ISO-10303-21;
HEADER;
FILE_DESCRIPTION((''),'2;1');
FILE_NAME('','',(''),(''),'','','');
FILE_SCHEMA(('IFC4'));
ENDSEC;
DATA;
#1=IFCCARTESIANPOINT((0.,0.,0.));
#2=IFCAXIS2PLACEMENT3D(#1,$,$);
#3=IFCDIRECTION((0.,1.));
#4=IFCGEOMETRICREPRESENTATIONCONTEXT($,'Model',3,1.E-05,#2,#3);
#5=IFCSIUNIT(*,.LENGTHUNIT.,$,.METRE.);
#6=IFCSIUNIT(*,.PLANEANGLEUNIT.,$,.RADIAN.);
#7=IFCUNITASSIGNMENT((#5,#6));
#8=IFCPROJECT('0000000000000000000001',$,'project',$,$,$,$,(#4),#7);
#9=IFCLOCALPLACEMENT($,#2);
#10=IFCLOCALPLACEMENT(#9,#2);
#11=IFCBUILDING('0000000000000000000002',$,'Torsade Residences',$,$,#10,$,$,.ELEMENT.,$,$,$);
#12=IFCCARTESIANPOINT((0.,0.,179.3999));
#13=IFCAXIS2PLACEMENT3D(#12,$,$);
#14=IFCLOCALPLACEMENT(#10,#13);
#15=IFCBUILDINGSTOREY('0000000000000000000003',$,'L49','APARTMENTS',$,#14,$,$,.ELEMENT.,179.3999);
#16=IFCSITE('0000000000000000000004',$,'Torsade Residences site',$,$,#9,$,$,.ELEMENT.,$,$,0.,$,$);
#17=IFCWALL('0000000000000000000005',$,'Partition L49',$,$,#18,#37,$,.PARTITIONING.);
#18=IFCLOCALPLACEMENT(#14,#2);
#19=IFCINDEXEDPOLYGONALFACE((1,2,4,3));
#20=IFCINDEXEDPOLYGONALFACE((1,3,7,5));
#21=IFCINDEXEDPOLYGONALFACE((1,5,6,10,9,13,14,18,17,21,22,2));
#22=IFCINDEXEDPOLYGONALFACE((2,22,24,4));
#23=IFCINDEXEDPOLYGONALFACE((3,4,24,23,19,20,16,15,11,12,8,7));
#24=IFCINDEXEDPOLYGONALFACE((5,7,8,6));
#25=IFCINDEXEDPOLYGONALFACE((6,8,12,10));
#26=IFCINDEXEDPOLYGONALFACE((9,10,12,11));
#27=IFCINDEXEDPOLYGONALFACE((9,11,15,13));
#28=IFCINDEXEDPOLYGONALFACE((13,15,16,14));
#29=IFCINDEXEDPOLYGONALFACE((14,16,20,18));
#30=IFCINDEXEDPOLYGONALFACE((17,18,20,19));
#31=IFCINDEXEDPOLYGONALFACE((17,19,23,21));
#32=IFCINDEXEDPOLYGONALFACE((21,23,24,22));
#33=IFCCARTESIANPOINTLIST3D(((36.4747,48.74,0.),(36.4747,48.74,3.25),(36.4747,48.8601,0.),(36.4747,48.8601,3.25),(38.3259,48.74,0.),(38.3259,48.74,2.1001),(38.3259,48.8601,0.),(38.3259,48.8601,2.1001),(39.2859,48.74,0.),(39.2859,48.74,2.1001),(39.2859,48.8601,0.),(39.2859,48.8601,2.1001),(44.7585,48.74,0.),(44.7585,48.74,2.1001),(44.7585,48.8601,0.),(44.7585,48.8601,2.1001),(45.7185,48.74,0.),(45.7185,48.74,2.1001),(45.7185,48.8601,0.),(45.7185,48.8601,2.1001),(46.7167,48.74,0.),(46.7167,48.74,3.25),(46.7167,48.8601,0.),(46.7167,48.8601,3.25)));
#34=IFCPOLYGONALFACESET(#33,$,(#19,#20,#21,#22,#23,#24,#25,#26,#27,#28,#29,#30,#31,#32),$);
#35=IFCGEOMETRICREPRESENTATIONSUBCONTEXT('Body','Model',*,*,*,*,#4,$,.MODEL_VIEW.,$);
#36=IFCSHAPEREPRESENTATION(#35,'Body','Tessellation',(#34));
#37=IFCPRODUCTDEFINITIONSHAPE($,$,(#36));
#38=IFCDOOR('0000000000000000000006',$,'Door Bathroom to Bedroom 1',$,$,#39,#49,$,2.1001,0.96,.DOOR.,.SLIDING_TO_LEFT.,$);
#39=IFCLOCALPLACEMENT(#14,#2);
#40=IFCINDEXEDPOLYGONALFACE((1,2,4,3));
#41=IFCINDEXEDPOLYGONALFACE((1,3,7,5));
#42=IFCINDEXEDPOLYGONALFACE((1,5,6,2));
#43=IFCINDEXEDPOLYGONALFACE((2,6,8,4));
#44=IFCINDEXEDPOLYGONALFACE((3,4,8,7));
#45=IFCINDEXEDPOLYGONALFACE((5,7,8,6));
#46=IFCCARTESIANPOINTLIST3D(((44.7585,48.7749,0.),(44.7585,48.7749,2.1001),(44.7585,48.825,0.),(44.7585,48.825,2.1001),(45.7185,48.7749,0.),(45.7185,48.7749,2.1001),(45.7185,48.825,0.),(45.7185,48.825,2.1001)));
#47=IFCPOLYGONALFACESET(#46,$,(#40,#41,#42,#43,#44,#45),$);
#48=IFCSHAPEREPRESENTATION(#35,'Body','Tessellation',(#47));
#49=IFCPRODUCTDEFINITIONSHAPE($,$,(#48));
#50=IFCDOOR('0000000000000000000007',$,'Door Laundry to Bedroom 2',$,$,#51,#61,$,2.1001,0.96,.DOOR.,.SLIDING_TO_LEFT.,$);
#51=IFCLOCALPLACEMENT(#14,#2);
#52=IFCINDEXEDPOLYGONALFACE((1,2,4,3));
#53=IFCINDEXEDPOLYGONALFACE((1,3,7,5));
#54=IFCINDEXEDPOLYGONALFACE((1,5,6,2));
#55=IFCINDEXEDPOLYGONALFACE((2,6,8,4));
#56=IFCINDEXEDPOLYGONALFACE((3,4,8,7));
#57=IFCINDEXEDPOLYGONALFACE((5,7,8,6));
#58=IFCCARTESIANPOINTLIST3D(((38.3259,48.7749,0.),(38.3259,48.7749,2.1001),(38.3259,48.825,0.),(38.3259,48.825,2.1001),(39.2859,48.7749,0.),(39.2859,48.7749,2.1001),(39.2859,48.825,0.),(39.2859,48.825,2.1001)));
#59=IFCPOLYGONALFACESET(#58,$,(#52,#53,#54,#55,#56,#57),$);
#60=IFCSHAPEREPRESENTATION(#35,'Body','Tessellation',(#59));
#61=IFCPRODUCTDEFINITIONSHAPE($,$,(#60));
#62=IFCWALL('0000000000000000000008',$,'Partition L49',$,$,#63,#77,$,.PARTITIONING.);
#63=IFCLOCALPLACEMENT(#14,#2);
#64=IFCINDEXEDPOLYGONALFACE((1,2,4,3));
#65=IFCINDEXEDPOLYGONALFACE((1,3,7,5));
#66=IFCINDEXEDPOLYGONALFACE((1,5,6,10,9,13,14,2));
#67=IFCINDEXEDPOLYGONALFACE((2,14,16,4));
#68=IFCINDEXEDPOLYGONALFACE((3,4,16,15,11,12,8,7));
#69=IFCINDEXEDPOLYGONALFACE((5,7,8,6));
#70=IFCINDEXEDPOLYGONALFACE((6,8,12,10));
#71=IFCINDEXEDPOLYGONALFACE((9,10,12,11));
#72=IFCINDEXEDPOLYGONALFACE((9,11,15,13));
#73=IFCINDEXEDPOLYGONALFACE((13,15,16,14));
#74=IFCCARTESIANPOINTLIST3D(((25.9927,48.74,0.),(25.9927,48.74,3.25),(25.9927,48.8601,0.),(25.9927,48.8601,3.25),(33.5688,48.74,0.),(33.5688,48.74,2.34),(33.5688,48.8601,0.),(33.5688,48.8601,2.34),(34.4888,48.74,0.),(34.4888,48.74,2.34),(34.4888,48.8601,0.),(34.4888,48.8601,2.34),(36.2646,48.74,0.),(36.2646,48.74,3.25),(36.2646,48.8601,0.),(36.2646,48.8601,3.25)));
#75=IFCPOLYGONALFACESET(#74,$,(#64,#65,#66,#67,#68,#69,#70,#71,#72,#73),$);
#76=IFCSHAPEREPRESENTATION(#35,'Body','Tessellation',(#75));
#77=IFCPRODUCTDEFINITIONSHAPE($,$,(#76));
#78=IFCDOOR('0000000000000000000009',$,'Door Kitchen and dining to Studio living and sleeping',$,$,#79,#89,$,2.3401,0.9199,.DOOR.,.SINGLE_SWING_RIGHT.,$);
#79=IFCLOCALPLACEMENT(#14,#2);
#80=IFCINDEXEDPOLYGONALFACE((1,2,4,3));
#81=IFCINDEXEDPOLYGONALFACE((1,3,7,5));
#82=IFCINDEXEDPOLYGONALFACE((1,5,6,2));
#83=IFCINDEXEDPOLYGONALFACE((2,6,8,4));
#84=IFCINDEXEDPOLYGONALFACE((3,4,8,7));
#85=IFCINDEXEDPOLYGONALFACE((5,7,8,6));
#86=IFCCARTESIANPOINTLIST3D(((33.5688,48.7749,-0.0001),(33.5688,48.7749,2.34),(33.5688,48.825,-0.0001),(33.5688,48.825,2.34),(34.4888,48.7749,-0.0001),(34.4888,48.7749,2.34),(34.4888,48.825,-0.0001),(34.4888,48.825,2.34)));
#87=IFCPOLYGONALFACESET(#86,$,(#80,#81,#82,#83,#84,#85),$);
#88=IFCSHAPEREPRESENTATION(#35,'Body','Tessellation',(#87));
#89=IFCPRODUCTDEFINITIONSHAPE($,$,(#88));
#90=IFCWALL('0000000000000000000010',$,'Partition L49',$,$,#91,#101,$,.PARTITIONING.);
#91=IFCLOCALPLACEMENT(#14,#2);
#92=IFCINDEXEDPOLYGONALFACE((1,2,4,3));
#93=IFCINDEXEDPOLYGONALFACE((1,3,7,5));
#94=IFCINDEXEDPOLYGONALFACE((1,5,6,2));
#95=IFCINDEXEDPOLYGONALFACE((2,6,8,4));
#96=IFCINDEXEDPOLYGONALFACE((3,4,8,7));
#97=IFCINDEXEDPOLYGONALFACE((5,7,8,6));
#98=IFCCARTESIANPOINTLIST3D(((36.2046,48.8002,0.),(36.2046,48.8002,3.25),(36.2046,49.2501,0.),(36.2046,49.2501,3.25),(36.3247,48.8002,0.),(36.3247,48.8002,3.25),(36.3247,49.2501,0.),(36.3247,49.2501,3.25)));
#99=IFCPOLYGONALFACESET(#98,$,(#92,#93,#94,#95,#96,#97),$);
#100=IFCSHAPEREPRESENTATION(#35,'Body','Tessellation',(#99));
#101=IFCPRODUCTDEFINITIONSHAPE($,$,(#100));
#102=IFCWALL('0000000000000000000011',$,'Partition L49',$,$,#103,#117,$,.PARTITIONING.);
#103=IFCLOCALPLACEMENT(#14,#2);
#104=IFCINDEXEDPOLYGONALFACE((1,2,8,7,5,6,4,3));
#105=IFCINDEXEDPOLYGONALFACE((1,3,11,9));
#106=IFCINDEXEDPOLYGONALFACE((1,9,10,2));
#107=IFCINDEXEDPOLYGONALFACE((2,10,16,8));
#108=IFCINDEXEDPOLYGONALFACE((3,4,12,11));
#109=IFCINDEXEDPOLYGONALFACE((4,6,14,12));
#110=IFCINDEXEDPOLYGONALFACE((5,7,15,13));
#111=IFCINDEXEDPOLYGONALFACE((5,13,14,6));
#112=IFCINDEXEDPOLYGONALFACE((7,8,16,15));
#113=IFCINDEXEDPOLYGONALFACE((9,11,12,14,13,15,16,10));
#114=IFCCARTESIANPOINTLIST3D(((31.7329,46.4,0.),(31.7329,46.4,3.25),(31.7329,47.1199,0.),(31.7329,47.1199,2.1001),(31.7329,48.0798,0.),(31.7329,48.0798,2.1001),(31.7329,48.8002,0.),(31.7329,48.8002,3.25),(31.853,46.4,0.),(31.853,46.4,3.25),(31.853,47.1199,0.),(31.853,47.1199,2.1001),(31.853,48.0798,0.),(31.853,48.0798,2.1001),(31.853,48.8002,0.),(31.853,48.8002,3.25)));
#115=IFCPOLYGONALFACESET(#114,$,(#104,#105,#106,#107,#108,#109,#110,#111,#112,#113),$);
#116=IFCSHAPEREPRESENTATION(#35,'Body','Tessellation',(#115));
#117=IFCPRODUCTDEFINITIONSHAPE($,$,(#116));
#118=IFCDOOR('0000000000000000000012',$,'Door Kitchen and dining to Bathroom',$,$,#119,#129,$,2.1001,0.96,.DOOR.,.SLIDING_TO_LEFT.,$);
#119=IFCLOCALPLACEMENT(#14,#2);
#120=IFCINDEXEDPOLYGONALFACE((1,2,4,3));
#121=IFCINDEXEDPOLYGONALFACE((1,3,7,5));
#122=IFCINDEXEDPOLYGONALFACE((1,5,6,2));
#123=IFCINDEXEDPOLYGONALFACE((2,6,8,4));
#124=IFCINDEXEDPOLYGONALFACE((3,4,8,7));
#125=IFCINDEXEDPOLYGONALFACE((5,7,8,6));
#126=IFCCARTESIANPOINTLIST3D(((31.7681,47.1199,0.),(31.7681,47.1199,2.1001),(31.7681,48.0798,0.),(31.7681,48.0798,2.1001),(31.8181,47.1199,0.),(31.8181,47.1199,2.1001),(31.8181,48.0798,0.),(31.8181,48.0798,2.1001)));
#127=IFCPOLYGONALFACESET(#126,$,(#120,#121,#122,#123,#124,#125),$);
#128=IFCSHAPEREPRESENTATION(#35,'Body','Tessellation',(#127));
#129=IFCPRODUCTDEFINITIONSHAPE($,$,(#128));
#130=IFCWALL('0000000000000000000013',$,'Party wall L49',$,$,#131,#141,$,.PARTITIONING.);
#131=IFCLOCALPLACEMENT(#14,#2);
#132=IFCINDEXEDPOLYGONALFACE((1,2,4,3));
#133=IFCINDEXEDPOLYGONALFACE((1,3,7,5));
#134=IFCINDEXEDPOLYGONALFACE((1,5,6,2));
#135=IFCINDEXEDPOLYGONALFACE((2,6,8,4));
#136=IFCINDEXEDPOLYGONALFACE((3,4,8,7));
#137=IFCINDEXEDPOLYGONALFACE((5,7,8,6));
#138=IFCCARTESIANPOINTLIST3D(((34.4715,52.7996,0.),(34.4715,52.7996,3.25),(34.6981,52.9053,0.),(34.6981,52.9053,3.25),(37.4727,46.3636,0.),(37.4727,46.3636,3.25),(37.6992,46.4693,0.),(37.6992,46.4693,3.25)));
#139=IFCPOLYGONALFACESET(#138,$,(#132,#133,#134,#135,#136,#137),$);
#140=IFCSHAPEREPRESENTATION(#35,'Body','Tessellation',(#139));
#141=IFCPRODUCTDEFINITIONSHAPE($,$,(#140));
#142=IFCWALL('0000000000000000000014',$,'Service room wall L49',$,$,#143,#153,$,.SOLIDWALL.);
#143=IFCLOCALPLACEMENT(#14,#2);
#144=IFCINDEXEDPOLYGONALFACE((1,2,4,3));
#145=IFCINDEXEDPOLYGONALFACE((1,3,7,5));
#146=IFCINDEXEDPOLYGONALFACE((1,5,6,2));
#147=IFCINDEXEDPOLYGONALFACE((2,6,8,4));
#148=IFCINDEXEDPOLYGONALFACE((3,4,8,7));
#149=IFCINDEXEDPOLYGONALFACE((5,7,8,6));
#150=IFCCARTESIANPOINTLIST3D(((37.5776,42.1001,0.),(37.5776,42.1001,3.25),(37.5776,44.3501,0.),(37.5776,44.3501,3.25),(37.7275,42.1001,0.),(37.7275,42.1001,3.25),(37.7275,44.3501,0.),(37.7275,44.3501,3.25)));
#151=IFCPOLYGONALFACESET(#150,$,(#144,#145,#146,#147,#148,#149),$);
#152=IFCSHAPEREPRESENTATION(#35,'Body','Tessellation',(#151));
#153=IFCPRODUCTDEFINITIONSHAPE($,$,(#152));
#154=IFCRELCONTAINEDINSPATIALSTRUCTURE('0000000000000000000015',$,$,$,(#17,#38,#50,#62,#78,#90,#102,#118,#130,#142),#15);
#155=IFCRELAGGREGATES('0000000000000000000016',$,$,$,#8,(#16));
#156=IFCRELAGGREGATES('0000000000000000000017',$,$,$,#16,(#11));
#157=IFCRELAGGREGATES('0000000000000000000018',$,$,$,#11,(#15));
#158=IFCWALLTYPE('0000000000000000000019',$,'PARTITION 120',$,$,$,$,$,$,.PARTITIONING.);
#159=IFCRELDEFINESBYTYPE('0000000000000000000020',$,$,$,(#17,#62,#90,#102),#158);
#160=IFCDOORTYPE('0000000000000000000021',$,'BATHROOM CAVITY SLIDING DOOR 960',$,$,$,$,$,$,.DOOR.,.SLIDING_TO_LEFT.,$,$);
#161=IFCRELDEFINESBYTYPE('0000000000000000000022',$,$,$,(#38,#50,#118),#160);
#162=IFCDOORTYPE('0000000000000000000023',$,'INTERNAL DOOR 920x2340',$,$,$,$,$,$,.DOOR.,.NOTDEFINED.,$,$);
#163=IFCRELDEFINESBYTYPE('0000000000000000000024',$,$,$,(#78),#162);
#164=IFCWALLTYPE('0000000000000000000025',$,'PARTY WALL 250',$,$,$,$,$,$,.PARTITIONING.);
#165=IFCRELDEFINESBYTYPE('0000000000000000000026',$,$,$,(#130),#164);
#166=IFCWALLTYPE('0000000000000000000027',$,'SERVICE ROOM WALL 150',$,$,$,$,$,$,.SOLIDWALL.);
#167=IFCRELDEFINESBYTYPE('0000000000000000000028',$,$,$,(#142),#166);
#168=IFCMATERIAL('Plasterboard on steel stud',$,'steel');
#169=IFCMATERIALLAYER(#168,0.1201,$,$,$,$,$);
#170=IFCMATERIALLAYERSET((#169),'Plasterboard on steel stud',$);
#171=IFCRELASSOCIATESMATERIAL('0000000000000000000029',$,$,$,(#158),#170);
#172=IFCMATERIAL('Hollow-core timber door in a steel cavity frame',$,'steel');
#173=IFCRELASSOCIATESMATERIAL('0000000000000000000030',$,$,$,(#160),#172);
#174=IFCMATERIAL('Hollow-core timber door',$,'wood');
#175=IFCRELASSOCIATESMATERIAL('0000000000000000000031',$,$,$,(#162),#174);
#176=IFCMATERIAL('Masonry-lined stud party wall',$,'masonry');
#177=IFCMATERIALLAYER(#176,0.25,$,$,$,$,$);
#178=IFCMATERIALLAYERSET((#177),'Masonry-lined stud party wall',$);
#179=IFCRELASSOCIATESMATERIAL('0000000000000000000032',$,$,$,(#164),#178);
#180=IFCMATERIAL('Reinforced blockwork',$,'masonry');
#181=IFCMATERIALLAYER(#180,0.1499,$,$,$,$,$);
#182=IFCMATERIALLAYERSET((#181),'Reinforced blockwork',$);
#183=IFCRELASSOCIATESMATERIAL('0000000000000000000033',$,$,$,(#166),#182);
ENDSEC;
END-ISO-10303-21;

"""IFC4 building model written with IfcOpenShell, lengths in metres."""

from ifc_helpers import new_model, si_unit, direction, frame, frame_2d, origin, place, context, subcontext, project, spatial, rectangle, extrude, material, layer, layer_set, type_object, element, fill, save


model = new_model("IFC4")

# Units and contexts
model_context = context("Model", 3, precision=1e-05, world=origin(), true_north=direction((0.0, 1.0)))
body_context = subcontext(model_context, "Body", "Model", "MODEL_VIEW")
ifc_project = project(units=[si_unit("LENGTHUNIT", "METRE"), si_unit("PLANEANGLEUNIT", "RADIAN")], contexts=[model_context])

# Site, building, storey
site_placement = place(None, origin())
site = spatial("IfcSite", under=ifc_project, at=site_placement, Name="Torsade Residences site", CompositionType="ELEMENT", RefElevation=0.0)
building_placement = place(site_placement, origin())
building = spatial("IfcBuilding", under=site, at=building_placement, Name="Torsade Residences", CompositionType="ELEMENT")
storey_placement = place(building_placement, frame((0.0, 0.0, 179.3999)))
storey = spatial("IfcBuildingStorey", under=building, at=storey_placement, Name="L49", Description="APARTMENTS", CompositionType="ELEMENT", Elevation=179.3999)

# Wall, openings, doors
ifc_material_1 = material(Name="Plasterboard on steel stud", Category="steel")
ifc_layer_1 = layer(ifc_material_1, 0.1201)
ifc_layer_set_1 = layer_set([ifc_layer_1], Name="Plasterboard on steel stud")
wall_type_1 = type_object("IfcWallType", Name="PARTITION 120", PredefinedType="PARTITIONING", material=ifc_layer_set_1)
wall_1_placement = place(storey_placement, frame((36.4746, 48.8, 0.0), z_axis=(0.0, 0.0, 1.0), x_axis=(1.0, 0.0, 0.0)))
wall_1 = element("IfcWall", 1, at=wall_1_placement, inside=storey, type_object=wall_type_1, Name="Partition L49", PredefinedType="PARTITIONING", context=body_context, shape_type="SweptSolid", body=[
    extrude(rectangle(XDim=10.2419, YDim=0.1201, at=frame_2d((5.1211, 0.0))), origin(), (0.0, 0.0, 1.0), 3.25),
])
opening_1_placement = place(wall_1_placement, frame((8.2839, 0.0, 0.0)))
opening_1 = element("IfcOpeningElement", 2, at=opening_1_placement, cuts=wall_1, PredefinedType="OPENING", context=body_context, shape_type="SweptSolid", body=[
    extrude(rectangle(XDim=0.96, YDim=2.1001, at=frame_2d((0.48, 1.05))), frame((0.0, 0.0701, 0.0), z_axis=(0.0, -1.0, 0.0), x_axis=(1.0, 0.0, 0.0)), (0.0, 0.0, 1.0), 0.1401),
])
opening_2_placement = place(wall_1_placement, frame((1.8513, 0.0, 0.0)))
opening_2 = element("IfcOpeningElement", 3, at=opening_2_placement, cuts=wall_1, PredefinedType="OPENING", context=body_context, shape_type="SweptSolid", body=[
    extrude(rectangle(XDim=0.96, YDim=2.1001, at=frame_2d((0.48, 1.05))), frame((0.0, 0.0701, 0.0), z_axis=(0.0, -1.0, 0.0), x_axis=(1.0, 0.0, 0.0)), (0.0, 0.0, 1.0), 0.1401),
])
ifc_material_2 = material(Name="Hollow-core timber door in a steel cavity frame", Category="steel")
door_type_1 = type_object("IfcDoorType", Name="BATHROOM CAVITY SLIDING DOOR 960", OperationType="SLIDING_TO_LEFT", PredefinedType="DOOR", material=ifc_material_2)
door_1_placement = place(opening_1_placement, origin())
door_1 = element("IfcDoor", 4, at=door_1_placement, inside=storey, type_object=door_type_1, Name="Door Bathroom to Bedroom 1", OperationType="SLIDING_TO_LEFT", OverallHeight=2.1001, OverallWidth=0.96, PredefinedType="DOOR", context=body_context, shape_type="SweptSolid", body=[
    extrude(rectangle(XDim=0.96, YDim=2.1001, at=frame_2d((0.48, 1.05))), frame((0.0, 0.0249, 0.0), z_axis=(0.0, -1.0, 0.0), x_axis=(1.0, 0.0, 0.0)), (0.0, 0.0, 1.0), 0.05),
])
fill(opening_1, door_1)
door_2_placement = place(opening_2_placement, origin())
door_2 = element("IfcDoor", 5, at=door_2_placement, inside=storey, type_object=door_type_1, Name="Door Laundry to Bedroom 2", OperationType="SLIDING_TO_LEFT", OverallHeight=2.1001, OverallWidth=0.96, PredefinedType="DOOR", context=body_context, shape_type="SweptSolid", body=[
    extrude(rectangle(XDim=0.96, YDim=2.1001, at=frame_2d((0.48, 1.05))), frame((0.0, 0.0249, 0.0), z_axis=(0.0, -1.0, 0.0), x_axis=(1.0, 0.0, 0.0)), (0.0, 0.0, 1.0), 0.05),
])
fill(opening_2, door_2)

# Wall, opening, door
wall_2_placement = place(storey_placement, frame((25.9927, 48.8, 0.0), z_axis=(0.0, 0.0, 1.0), x_axis=(1.0, 0.0, 0.0)))
wall_2 = element("IfcWall", 6, at=wall_2_placement, inside=storey, type_object=wall_type_1, Name="Partition L49", PredefinedType="PARTITIONING", context=body_context, shape_type="SweptSolid", body=[
    extrude(rectangle(XDim=10.272, YDim=0.1201, at=frame_2d((5.136, 0.0))), origin(), (0.0, 0.0, 1.0), 3.25),
])
opening_3_placement = place(wall_2_placement, frame((7.5762, 0.0, 0.0)))
opening_3 = element("IfcOpeningElement", 7, at=opening_3_placement, cuts=wall_2, PredefinedType="OPENING", context=body_context, shape_type="SweptSolid", body=[
    extrude(rectangle(XDim=0.9199, YDim=2.3401, at=frame_2d((0.46, 1.1699))), frame((0.0, 0.0701, 0.0), z_axis=(0.0, -1.0, 0.0), x_axis=(1.0, 0.0, 0.0)), (0.0, 0.0, 1.0), 0.1401),
])
ifc_material_3 = material(Name="Hollow-core timber door", Category="wood")
door_type_2 = type_object("IfcDoorType", Name="INTERNAL DOOR 920x2340", OperationType="NOTDEFINED", PredefinedType="DOOR", material=ifc_material_3)
door_3_placement = place(opening_3_placement, origin())
door_3 = element("IfcDoor", 8, at=door_3_placement, inside=storey, type_object=door_type_2, Name="Door Kitchen and dining to Studio living and sleeping", OperationType="SINGLE_SWING_RIGHT", OverallHeight=2.3401, OverallWidth=0.9199, PredefinedType="DOOR", context=body_context, shape_type="SweptSolid", body=[
    extrude(rectangle(XDim=0.9199, YDim=2.3401, at=frame_2d((0.46, 1.1699))), frame((0.0, 0.0249, 0.0), z_axis=(0.0, -1.0, 0.0), x_axis=(1.0, 0.0, 0.0)), (0.0, 0.0, 1.0), 0.05),
])
fill(opening_3, door_3)

# Wall
wall_3_placement = place(storey_placement, frame((36.2646, 48.8, 0.0), z_axis=(0.0, 0.0, 1.0), x_axis=(0.0, 1.0, 0.0)))
element("IfcWall", 9, at=wall_3_placement, inside=storey, type_object=wall_type_1, Name="Partition L49", PredefinedType="PARTITIONING", context=body_context, shape_type="SweptSolid", body=[
    extrude(rectangle(XDim=0.45, YDim=0.1201, at=frame_2d((0.2251, 0.0))), origin(), (0.0, 0.0, 1.0), 3.25),
])

# Wall, opening, door
wall_4_placement = place(storey_placement, frame((31.793, 46.3999, 0.0), z_axis=(0.0, 0.0, 1.0), x_axis=(0.0, 1.0, 0.0)))
wall_4 = element("IfcWall", 10, at=wall_4_placement, inside=storey, type_object=wall_type_1, Name="Partition L49", PredefinedType="PARTITIONING", context=body_context, shape_type="SweptSolid", body=[
    extrude(rectangle(XDim=2.4001, YDim=0.1201, at=frame_2d((1.2002, 0.0))), origin(), (0.0, 0.0, 1.0), 3.25),
])
opening_4_placement = place(wall_4_placement, frame((0.72, 0.0, 0.0)))
opening_4 = element("IfcOpeningElement", 11, at=opening_4_placement, cuts=wall_4, PredefinedType="OPENING", context=body_context, shape_type="SweptSolid", body=[
    extrude(rectangle(XDim=0.96, YDim=2.1001, at=frame_2d((0.48, 1.05))), frame((0.0, 0.0701, 0.0), z_axis=(0.0, -1.0, 0.0), x_axis=(1.0, 0.0, 0.0)), (0.0, 0.0, 1.0), 0.1401),
])
door_4_placement = place(opening_4_placement, origin())
door_4 = element("IfcDoor", 12, at=door_4_placement, inside=storey, type_object=door_type_1, Name="Door Kitchen and dining to Bathroom", OperationType="SLIDING_TO_LEFT", OverallHeight=2.1001, OverallWidth=0.96, PredefinedType="DOOR", context=body_context, shape_type="SweptSolid", body=[
    extrude(rectangle(XDim=0.96, YDim=2.1001, at=frame_2d((0.48, 1.05))), frame((0.0, 0.0249, 0.0), z_axis=(0.0, -1.0, 0.0), x_axis=(1.0, 0.0, 0.0)), (0.0, 0.0, 1.0), 0.05),
])
fill(opening_4, door_4)

# Walls
ifc_material_4 = material(Name="Masonry-lined stud party wall", Category="masonry")
ifc_layer_2 = layer(ifc_material_4, 0.25)
ifc_layer_set_2 = layer_set([ifc_layer_2], Name="Masonry-lined stud party wall")
wall_type_2 = type_object("IfcWallType", Name="PARTY WALL 250", PredefinedType="PARTITIONING", material=ifc_layer_set_2)
wall_5_placement = place(storey_placement, frame((34.5847, 52.8525, 0.0), z_axis=(0.0, 0.0, 1.0), x_axis=(0.422624, -0.906305, 0.0)))
element("IfcWall", 13, at=wall_5_placement, inside=storey, type_object=wall_type_2, Name="Party wall L49", PredefinedType="PARTITIONING", context=body_context, shape_type="SweptSolid", body=[
    extrude(rectangle(XDim=7.1013, YDim=0.25, at=frame_2d((3.5508, 0.0))), origin(), (0.0, 0.0, 1.0), 3.25),
])
ifc_material_5 = material(Name="Reinforced blockwork", Category="masonry")
ifc_layer_3 = layer(ifc_material_5, 0.1499)
ifc_layer_set_3 = layer_set([ifc_layer_3], Name="Reinforced blockwork")
wall_type_3 = type_object("IfcWallType", Name="SERVICE ROOM WALL 150", PredefinedType="SOLIDWALL", material=ifc_layer_set_3)
wall_6_placement = place(storey_placement, frame((37.6526, 42.1001, 0.0), z_axis=(0.0, 0.0, 1.0), x_axis=(0.0, 1.0, 0.0)))
element("IfcWall", 14, at=wall_6_placement, inside=storey, type_object=wall_type_3, Name="Service room wall L49", PredefinedType="SOLIDWALL", context=body_context, shape_type="SweptSolid", body=[
    extrude(rectangle(XDim=2.25, YDim=0.1499, at=frame_2d((1.125, 0.0))), origin(), (0.0, 0.0, 1.0), 3.25),
])

save(model, "model.ifc")
